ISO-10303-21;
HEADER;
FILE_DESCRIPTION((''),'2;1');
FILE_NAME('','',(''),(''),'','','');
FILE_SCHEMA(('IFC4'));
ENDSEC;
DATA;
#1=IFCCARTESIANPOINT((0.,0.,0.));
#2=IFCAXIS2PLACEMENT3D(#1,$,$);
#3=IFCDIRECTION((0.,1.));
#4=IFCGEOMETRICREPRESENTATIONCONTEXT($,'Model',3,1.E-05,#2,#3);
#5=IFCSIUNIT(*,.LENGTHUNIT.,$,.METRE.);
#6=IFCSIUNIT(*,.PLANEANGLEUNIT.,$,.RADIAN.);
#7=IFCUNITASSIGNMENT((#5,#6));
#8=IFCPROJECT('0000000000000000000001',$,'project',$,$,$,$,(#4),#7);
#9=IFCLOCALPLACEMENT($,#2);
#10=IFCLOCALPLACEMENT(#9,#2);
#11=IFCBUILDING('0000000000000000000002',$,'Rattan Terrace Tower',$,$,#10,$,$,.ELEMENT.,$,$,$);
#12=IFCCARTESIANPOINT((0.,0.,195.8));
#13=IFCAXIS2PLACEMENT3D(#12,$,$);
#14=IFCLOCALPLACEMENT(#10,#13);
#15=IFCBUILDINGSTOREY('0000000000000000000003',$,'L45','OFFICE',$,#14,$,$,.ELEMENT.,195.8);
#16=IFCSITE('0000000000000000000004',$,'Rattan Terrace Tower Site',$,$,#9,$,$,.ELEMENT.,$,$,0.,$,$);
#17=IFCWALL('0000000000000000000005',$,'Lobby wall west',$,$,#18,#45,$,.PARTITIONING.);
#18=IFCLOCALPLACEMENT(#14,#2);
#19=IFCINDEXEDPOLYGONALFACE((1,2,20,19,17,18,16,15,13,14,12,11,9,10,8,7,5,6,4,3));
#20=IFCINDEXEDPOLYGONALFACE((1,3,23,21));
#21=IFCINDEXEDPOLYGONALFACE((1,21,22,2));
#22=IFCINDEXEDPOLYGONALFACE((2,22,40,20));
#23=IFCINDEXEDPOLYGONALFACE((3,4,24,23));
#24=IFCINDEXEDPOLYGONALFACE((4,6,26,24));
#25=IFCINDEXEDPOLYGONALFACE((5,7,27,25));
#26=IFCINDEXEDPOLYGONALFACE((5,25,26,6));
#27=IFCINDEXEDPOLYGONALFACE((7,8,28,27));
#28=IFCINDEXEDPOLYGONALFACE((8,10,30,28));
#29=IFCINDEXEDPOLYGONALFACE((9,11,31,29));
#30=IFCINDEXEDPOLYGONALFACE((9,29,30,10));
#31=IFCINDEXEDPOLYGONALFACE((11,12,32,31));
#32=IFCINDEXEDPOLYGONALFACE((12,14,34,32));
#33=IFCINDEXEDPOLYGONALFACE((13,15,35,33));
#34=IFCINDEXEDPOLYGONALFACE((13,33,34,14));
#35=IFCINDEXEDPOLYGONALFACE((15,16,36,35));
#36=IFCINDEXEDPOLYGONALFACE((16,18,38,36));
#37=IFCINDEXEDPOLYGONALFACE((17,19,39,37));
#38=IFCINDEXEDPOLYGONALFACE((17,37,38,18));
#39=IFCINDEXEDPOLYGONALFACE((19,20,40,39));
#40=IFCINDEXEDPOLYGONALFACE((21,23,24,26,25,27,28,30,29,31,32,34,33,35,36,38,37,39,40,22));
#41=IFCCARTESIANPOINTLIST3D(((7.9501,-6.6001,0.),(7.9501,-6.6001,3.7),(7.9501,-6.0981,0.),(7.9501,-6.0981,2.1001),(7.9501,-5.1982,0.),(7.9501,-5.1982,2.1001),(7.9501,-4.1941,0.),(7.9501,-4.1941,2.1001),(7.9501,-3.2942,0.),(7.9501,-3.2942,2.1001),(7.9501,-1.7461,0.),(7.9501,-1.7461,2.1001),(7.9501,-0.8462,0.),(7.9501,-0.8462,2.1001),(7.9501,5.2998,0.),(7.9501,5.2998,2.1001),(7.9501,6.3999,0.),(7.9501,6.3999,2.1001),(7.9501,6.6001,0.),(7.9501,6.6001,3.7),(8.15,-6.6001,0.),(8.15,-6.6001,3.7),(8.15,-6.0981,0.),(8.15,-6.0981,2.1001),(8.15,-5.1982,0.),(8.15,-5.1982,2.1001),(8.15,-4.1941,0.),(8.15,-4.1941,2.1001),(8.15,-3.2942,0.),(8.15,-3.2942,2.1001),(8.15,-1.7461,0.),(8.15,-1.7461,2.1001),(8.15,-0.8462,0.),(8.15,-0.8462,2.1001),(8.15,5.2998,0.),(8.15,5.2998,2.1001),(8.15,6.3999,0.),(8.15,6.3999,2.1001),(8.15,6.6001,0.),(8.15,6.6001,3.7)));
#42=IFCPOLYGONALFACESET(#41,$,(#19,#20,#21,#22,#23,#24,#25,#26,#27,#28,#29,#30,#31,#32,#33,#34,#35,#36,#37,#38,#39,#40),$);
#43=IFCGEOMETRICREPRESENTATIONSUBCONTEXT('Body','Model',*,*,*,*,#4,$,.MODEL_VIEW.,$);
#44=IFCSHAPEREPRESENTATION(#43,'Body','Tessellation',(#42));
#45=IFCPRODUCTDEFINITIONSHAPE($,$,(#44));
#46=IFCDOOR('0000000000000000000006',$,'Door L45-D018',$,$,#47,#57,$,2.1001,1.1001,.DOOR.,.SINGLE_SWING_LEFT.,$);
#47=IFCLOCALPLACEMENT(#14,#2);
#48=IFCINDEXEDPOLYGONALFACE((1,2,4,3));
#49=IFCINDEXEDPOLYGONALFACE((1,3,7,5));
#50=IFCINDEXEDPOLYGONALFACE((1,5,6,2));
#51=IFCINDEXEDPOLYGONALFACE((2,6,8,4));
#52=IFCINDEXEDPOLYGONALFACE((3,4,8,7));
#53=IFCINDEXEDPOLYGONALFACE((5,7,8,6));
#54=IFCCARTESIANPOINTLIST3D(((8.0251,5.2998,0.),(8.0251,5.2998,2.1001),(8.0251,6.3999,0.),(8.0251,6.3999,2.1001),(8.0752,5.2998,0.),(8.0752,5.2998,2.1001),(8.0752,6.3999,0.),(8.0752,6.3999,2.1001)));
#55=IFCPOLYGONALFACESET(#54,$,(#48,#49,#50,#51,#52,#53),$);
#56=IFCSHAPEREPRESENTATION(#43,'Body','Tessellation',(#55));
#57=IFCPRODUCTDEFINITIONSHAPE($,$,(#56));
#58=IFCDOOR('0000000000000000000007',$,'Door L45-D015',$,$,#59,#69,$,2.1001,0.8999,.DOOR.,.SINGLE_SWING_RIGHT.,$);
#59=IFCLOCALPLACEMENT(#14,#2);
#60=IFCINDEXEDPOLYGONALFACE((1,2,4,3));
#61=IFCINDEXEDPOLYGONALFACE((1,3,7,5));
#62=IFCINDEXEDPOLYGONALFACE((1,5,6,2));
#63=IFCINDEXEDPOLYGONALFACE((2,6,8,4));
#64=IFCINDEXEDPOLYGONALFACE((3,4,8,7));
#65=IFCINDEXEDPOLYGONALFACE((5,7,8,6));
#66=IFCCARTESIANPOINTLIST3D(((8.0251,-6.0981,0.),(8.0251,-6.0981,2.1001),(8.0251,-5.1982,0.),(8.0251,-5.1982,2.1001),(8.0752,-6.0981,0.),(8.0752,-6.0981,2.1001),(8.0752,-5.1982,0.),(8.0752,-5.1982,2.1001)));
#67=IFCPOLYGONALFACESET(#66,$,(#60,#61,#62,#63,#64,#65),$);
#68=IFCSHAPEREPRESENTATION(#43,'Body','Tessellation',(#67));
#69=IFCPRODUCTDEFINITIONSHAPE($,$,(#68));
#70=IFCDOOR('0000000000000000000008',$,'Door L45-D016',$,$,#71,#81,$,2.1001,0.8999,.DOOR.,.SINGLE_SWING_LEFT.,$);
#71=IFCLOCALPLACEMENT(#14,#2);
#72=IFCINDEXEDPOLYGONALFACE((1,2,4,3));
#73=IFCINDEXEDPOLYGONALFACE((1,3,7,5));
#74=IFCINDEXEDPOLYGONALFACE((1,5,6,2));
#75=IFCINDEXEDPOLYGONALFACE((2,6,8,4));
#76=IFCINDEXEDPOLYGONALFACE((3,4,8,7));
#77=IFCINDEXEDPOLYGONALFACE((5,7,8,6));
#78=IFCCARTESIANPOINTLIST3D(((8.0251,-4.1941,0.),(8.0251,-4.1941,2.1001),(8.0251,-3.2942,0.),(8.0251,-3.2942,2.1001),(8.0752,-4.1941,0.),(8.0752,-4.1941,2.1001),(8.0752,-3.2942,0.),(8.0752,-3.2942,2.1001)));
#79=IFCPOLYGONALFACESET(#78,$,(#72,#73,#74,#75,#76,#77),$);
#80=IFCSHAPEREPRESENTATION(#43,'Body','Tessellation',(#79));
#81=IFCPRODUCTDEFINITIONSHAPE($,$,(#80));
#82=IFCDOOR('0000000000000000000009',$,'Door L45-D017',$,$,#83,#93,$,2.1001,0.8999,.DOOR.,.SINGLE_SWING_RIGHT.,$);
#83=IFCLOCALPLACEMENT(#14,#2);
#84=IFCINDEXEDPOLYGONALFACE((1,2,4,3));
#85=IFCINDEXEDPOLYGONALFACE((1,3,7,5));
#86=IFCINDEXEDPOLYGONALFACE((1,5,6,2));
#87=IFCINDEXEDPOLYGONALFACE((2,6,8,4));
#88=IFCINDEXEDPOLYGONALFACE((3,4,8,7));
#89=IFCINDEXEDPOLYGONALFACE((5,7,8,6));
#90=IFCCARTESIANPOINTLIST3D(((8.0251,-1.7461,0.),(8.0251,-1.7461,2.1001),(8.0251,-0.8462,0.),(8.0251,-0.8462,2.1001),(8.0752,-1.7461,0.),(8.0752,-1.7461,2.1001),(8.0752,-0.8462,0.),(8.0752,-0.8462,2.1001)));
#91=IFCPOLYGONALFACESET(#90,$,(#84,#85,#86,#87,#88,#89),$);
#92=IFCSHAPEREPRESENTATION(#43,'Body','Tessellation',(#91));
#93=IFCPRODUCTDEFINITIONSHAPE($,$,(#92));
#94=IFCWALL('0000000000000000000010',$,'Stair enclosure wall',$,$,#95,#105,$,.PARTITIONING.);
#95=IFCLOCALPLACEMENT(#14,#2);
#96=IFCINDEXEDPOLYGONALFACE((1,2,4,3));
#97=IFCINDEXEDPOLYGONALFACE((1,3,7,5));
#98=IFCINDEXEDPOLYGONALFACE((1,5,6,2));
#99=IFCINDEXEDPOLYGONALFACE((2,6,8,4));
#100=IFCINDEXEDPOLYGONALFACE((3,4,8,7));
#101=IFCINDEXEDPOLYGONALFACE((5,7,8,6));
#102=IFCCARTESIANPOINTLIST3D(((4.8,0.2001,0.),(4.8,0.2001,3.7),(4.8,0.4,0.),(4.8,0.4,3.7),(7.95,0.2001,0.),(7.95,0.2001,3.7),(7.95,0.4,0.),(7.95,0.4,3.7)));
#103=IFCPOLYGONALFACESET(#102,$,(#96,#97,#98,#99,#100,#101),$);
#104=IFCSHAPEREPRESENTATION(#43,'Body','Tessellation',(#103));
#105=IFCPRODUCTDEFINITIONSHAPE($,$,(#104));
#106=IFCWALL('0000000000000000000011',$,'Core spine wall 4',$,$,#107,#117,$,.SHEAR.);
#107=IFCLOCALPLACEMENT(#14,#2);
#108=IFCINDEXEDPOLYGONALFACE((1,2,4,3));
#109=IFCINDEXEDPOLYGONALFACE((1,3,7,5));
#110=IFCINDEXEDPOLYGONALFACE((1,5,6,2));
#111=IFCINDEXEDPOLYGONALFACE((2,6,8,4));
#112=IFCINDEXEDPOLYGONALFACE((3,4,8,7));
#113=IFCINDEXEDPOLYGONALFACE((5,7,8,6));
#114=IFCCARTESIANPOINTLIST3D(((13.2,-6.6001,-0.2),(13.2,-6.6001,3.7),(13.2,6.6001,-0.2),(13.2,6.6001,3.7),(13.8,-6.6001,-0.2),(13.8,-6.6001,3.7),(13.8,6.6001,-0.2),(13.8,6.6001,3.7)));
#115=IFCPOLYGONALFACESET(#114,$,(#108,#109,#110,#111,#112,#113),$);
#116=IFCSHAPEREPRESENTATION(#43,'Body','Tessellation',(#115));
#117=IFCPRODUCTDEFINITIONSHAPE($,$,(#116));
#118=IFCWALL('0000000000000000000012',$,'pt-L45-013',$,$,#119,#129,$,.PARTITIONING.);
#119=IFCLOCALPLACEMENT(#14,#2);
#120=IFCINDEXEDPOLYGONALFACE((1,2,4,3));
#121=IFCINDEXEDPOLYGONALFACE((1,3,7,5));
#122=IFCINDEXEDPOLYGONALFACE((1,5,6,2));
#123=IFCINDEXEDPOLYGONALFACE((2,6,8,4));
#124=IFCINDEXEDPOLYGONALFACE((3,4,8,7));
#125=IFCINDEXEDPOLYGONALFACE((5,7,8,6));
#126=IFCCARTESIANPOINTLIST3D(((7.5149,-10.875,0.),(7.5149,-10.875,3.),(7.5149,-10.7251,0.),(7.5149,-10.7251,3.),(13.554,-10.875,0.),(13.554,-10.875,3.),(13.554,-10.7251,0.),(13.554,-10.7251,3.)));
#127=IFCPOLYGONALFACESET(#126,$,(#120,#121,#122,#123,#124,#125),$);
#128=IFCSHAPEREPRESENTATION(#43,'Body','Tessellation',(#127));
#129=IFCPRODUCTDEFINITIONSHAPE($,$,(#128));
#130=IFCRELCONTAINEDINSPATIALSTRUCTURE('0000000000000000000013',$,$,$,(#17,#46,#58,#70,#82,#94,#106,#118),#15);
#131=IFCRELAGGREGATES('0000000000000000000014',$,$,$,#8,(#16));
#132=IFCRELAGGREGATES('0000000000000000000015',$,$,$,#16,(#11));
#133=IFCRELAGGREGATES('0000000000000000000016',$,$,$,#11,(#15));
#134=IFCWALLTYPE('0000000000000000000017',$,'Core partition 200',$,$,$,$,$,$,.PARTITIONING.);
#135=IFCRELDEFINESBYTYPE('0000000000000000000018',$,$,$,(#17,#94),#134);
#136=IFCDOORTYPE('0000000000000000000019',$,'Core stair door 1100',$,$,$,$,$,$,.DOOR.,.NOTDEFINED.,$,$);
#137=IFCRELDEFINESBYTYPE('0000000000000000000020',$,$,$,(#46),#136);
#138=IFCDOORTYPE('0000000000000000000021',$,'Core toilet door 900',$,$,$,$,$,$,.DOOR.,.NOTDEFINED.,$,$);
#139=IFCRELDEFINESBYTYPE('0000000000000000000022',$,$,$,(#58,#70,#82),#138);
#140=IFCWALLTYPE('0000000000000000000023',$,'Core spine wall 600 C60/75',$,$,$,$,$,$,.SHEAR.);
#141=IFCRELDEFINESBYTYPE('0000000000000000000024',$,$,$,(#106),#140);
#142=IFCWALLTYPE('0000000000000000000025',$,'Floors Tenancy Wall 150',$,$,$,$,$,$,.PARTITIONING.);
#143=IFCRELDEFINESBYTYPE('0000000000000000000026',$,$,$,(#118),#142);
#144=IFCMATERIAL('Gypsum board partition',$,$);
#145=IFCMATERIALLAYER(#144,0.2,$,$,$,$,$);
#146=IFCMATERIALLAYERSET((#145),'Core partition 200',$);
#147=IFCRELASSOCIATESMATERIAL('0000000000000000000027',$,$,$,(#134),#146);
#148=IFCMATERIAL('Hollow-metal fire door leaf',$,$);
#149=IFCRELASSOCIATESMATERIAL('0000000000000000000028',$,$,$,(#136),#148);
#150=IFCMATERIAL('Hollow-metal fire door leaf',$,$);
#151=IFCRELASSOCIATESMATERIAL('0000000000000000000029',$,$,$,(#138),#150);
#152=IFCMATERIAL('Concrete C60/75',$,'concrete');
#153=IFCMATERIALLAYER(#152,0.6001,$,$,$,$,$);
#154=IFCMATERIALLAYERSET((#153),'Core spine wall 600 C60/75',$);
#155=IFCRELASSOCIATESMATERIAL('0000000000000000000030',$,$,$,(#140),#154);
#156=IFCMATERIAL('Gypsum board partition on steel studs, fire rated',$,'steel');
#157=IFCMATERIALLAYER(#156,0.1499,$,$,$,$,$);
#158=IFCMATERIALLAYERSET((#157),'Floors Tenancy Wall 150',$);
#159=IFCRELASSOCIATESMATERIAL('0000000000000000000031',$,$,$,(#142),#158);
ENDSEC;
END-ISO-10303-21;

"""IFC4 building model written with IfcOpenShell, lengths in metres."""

from ifc_helpers import new_model, si_unit, direction, frame, frame_2d, origin, place, context, subcontext, project, spatial, rectangle, extrude, material, layer, layer_set, type_object, element, fill, save


model = new_model("IFC4")

# Units and contexts
model_context = context("Model", 3, precision=1e-05, world=origin(), true_north=direction((0.0, 1.0)))
body_context = subcontext(model_context, "Body", "Model", "MODEL_VIEW")
ifc_project = project(units=[si_unit("LENGTHUNIT", "METRE"), si_unit("PLANEANGLEUNIT", "RADIAN")], contexts=[model_context])

# Site, building, storey
site_placement = place(None, origin())
site = spatial("IfcSite", under=ifc_project, at=site_placement, Name="Rattan Terrace Tower Site", CompositionType="ELEMENT", RefElevation=0.0)
building_placement = place(site_placement, origin())
building = spatial("IfcBuilding", under=site, at=building_placement, Name="Rattan Terrace Tower", CompositionType="ELEMENT")
storey_placement = place(building_placement, frame((0.0, 0.0, 195.8)))
storey = spatial("IfcBuildingStorey", under=building, at=storey_placement, Name="L45", Description="OFFICE", CompositionType="ELEMENT", Elevation=195.8)

# Shared definitions
ifc_material_1 = material(Name="Gypsum board partition")
ifc_layer_1 = layer(ifc_material_1, 0.2)
ifc_layer_set_1 = layer_set([ifc_layer_1], Name="Core partition 200")
wall_type_1 = type_object("IfcWallType", Name="Core partition 200", PredefinedType="PARTITIONING", material=ifc_layer_set_1)
ifc_material_2 = material(Name="Hollow-metal fire door leaf")
door_type_1 = type_object("IfcDoorType", Name="Core stair door 1100", OperationType="NOTDEFINED", PredefinedType="DOOR", material=ifc_material_2)

# Wall, openings, doors
wall_1_placement = place(storey_placement, frame((8.05, -6.6001, 0.0), z_axis=(0.0, 0.0, 1.0), x_axis=(0.0, 1.0, 0.0)))
wall_1 = element("IfcWall", 1, at=wall_1_placement, inside=storey, type_object=wall_type_1, Name="Lobby wall west", PredefinedType="PARTITIONING", context=body_context, shape_type="SweptSolid", body=[
    extrude(rectangle(XDim=13.2002, YDim=0.2, at=frame_2d((6.6001, 0.0))), origin(), (0.0, 0.0, 1.0), 3.7),
])
opening_1_placement = place(wall_1_placement, frame((0.502, 0.0, 0.0)))
opening_1 = element("IfcOpeningElement", 2, at=opening_1_placement, cuts=wall_1, PredefinedType="OPENING", context=body_context, shape_type="SweptSolid", body=[
    extrude(rectangle(XDim=0.8999, YDim=2.1001, at=frame_2d((0.45, 1.05))), frame((0.0, 0.1106, 0.0), z_axis=(0.0, -1.0, 0.0), x_axis=(1.0, 0.0, 0.0)), (0.0, 0.0, 1.0), 0.2209),
])
opening_2_placement = place(wall_1_placement, frame((2.406, 0.0, 0.0)))
opening_2 = element("IfcOpeningElement", 3, at=opening_2_placement, cuts=wall_1, PredefinedType="OPENING", context=body_context, shape_type="SweptSolid", body=[
    extrude(rectangle(XDim=0.8999, YDim=2.1001, at=frame_2d((0.45, 1.05))), frame((0.0, 0.1106, 0.0), z_axis=(0.0, -1.0, 0.0), x_axis=(1.0, 0.0, 0.0)), (0.0, 0.0, 1.0), 0.2209),
])
opening_3_placement = place(wall_1_placement, frame((4.854, 0.0, 0.0)))
opening_3 = element("IfcOpeningElement", 4, at=opening_3_placement, cuts=wall_1, PredefinedType="OPENING", context=body_context, shape_type="SweptSolid", body=[
    extrude(rectangle(XDim=0.8999, YDim=2.1001, at=frame_2d((0.45, 1.05))), frame((0.0, 0.1106, 0.0), z_axis=(0.0, -1.0, 0.0), x_axis=(1.0, 0.0, 0.0)), (0.0, 0.0, 1.0), 0.2209),
])
opening_4_placement = place(wall_1_placement, frame((11.8999, 0.0, 0.0)))
opening_4 = element("IfcOpeningElement", 5, at=opening_4_placement, cuts=wall_1, PredefinedType="OPENING", context=body_context, shape_type="SweptSolid", body=[
    extrude(rectangle(XDim=1.1001, YDim=2.1001, at=frame_2d((0.55, 1.05))), frame((0.0, 0.1106, 0.0), z_axis=(0.0, -1.0, 0.0), x_axis=(1.0, 0.0, 0.0)), (0.0, 0.0, 1.0), 0.2209),
])
door_1_placement = place(opening_4_placement, origin())
door_1 = element("IfcDoor", 6, at=door_1_placement, inside=storey, type_object=door_type_1, Name="Door L45-D018", OperationType="SINGLE_SWING_LEFT", OverallHeight=2.1001, OverallWidth=1.1001, PredefinedType="DOOR", context=body_context, shape_type="SweptSolid", body=[
    extrude(rectangle(XDim=1.1001, YDim=2.1001, at=frame_2d((0.55, 1.05))), frame((0.0, 0.0249, 0.0), z_axis=(0.0, -1.0, 0.0), x_axis=(1.0, 0.0, 0.0)), (0.0, 0.0, 1.0), 0.05),
])
fill(opening_4, door_1)
ifc_material_3 = material(Name="Hollow-metal fire door leaf")
door_type_2 = type_object("IfcDoorType", Name="Core toilet door 900", OperationType="NOTDEFINED", PredefinedType="DOOR", material=ifc_material_3)
door_2_placement = place(opening_1_placement, origin())
door_2 = element("IfcDoor", 7, at=door_2_placement, inside=storey, type_object=door_type_2, Name="Door L45-D015", OperationType="SINGLE_SWING_RIGHT", OverallHeight=2.1001, OverallWidth=0.8999, PredefinedType="DOOR", context=body_context, shape_type="SweptSolid", body=[
    extrude(rectangle(XDim=0.8999, YDim=2.1001, at=frame_2d((0.45, 1.05))), frame((0.0, 0.0249, 0.0), z_axis=(0.0, -1.0, 0.0), x_axis=(1.0, 0.0, 0.0)), (0.0, 0.0, 1.0), 0.05),
])
fill(opening_1, door_2)
door_3_placement = place(opening_2_placement, origin())
door_3 = element("IfcDoor", 8, at=door_3_placement, inside=storey, type_object=door_type_2, Name="Door L45-D016", OperationType="SINGLE_SWING_LEFT", OverallHeight=2.1001, OverallWidth=0.8999, PredefinedType="DOOR", context=body_context, shape_type="SweptSolid", body=[
    extrude(rectangle(XDim=0.8999, YDim=2.1001, at=frame_2d((0.45, 1.05))), frame((0.0, 0.0249, 0.0), z_axis=(0.0, -1.0, 0.0), x_axis=(1.0, 0.0, 0.0)), (0.0, 0.0, 1.0), 0.05),
])
fill(opening_2, door_3)
door_4_placement = place(opening_3_placement, origin())
door_4 = element("IfcDoor", 9, at=door_4_placement, inside=storey, type_object=door_type_2, Name="Door L45-D017", OperationType="SINGLE_SWING_RIGHT", OverallHeight=2.1001, OverallWidth=0.8999, PredefinedType="DOOR", context=body_context, shape_type="SweptSolid", body=[
    extrude(rectangle(XDim=0.8999, YDim=2.1001, at=frame_2d((0.45, 1.05))), frame((0.0, 0.0249, 0.0), z_axis=(0.0, -1.0, 0.0), x_axis=(1.0, 0.0, 0.0)), (0.0, 0.0, 1.0), 0.05),
])
fill(opening_3, door_4)

# Walls
wall_2_placement = place(storey_placement, frame((4.8, 0.3, 0.0), z_axis=(0.0, 0.0, 1.0), x_axis=(1.0, 0.0, 0.0)))
element("IfcWall", 10, at=wall_2_placement, inside=storey, type_object=wall_type_1, Name="Stair enclosure wall", PredefinedType="PARTITIONING", context=body_context, shape_type="SweptSolid", body=[
    extrude(rectangle(XDim=3.1499, YDim=0.2, at=frame_2d((1.575, 0.0))), origin(), (0.0, 0.0, 1.0), 3.7),
])
ifc_material_4 = material(Name="Concrete C60/75", Category="concrete")
ifc_layer_2 = layer(ifc_material_4, 0.6001)
ifc_layer_set_2 = layer_set([ifc_layer_2], Name="Core spine wall 600 C60/75")
wall_type_2 = type_object("IfcWallType", Name="Core spine wall 600 C60/75", PredefinedType="SHEAR", material=ifc_layer_set_2)
wall_3_placement = place(storey_placement, frame((13.5, -6.6001, -0.2), z_axis=(0.0, 0.0, 1.0), x_axis=(0.0, 1.0, 0.0)))
element("IfcWall", 11, at=wall_3_placement, inside=storey, type_object=wall_type_2, Name="Core spine wall 4", PredefinedType="SHEAR", context=body_context, shape_type="SweptSolid", body=[
    extrude(rectangle(XDim=13.2002, YDim=0.6001, at=frame_2d((6.6001, 0.0))), origin(), (0.0, 0.0, 1.0), 3.8999),
])
ifc_material_5 = material(Name="Gypsum board partition on steel studs, fire rated", Category="steel")
ifc_layer_3 = layer(ifc_material_5, 0.1499)
ifc_layer_set_3 = layer_set([ifc_layer_3], Name="Floors Tenancy Wall 150")
wall_type_3 = type_object("IfcWallType", Name="Floors Tenancy Wall 150", PredefinedType="PARTITIONING", material=ifc_layer_set_3)
wall_4_placement = place(storey_placement, frame((13.554, -10.8, 0.0), z_axis=(0.0, 0.0, 1.0), x_axis=(-1.0, 0.0, 0.0)))
element("IfcWall", 12, at=wall_4_placement, inside=storey, type_object=wall_type_3, Name="pt-L45-013", PredefinedType="PARTITIONING", context=body_context, shape_type="SweptSolid", body=[
    extrude(rectangle(XDim=6.0391, YDim=0.1499, at=frame_2d((3.0195, 0.0))), origin(), (0.0, 0.0, 1.0), 3.0),
])

save(model, "model.ifc")
